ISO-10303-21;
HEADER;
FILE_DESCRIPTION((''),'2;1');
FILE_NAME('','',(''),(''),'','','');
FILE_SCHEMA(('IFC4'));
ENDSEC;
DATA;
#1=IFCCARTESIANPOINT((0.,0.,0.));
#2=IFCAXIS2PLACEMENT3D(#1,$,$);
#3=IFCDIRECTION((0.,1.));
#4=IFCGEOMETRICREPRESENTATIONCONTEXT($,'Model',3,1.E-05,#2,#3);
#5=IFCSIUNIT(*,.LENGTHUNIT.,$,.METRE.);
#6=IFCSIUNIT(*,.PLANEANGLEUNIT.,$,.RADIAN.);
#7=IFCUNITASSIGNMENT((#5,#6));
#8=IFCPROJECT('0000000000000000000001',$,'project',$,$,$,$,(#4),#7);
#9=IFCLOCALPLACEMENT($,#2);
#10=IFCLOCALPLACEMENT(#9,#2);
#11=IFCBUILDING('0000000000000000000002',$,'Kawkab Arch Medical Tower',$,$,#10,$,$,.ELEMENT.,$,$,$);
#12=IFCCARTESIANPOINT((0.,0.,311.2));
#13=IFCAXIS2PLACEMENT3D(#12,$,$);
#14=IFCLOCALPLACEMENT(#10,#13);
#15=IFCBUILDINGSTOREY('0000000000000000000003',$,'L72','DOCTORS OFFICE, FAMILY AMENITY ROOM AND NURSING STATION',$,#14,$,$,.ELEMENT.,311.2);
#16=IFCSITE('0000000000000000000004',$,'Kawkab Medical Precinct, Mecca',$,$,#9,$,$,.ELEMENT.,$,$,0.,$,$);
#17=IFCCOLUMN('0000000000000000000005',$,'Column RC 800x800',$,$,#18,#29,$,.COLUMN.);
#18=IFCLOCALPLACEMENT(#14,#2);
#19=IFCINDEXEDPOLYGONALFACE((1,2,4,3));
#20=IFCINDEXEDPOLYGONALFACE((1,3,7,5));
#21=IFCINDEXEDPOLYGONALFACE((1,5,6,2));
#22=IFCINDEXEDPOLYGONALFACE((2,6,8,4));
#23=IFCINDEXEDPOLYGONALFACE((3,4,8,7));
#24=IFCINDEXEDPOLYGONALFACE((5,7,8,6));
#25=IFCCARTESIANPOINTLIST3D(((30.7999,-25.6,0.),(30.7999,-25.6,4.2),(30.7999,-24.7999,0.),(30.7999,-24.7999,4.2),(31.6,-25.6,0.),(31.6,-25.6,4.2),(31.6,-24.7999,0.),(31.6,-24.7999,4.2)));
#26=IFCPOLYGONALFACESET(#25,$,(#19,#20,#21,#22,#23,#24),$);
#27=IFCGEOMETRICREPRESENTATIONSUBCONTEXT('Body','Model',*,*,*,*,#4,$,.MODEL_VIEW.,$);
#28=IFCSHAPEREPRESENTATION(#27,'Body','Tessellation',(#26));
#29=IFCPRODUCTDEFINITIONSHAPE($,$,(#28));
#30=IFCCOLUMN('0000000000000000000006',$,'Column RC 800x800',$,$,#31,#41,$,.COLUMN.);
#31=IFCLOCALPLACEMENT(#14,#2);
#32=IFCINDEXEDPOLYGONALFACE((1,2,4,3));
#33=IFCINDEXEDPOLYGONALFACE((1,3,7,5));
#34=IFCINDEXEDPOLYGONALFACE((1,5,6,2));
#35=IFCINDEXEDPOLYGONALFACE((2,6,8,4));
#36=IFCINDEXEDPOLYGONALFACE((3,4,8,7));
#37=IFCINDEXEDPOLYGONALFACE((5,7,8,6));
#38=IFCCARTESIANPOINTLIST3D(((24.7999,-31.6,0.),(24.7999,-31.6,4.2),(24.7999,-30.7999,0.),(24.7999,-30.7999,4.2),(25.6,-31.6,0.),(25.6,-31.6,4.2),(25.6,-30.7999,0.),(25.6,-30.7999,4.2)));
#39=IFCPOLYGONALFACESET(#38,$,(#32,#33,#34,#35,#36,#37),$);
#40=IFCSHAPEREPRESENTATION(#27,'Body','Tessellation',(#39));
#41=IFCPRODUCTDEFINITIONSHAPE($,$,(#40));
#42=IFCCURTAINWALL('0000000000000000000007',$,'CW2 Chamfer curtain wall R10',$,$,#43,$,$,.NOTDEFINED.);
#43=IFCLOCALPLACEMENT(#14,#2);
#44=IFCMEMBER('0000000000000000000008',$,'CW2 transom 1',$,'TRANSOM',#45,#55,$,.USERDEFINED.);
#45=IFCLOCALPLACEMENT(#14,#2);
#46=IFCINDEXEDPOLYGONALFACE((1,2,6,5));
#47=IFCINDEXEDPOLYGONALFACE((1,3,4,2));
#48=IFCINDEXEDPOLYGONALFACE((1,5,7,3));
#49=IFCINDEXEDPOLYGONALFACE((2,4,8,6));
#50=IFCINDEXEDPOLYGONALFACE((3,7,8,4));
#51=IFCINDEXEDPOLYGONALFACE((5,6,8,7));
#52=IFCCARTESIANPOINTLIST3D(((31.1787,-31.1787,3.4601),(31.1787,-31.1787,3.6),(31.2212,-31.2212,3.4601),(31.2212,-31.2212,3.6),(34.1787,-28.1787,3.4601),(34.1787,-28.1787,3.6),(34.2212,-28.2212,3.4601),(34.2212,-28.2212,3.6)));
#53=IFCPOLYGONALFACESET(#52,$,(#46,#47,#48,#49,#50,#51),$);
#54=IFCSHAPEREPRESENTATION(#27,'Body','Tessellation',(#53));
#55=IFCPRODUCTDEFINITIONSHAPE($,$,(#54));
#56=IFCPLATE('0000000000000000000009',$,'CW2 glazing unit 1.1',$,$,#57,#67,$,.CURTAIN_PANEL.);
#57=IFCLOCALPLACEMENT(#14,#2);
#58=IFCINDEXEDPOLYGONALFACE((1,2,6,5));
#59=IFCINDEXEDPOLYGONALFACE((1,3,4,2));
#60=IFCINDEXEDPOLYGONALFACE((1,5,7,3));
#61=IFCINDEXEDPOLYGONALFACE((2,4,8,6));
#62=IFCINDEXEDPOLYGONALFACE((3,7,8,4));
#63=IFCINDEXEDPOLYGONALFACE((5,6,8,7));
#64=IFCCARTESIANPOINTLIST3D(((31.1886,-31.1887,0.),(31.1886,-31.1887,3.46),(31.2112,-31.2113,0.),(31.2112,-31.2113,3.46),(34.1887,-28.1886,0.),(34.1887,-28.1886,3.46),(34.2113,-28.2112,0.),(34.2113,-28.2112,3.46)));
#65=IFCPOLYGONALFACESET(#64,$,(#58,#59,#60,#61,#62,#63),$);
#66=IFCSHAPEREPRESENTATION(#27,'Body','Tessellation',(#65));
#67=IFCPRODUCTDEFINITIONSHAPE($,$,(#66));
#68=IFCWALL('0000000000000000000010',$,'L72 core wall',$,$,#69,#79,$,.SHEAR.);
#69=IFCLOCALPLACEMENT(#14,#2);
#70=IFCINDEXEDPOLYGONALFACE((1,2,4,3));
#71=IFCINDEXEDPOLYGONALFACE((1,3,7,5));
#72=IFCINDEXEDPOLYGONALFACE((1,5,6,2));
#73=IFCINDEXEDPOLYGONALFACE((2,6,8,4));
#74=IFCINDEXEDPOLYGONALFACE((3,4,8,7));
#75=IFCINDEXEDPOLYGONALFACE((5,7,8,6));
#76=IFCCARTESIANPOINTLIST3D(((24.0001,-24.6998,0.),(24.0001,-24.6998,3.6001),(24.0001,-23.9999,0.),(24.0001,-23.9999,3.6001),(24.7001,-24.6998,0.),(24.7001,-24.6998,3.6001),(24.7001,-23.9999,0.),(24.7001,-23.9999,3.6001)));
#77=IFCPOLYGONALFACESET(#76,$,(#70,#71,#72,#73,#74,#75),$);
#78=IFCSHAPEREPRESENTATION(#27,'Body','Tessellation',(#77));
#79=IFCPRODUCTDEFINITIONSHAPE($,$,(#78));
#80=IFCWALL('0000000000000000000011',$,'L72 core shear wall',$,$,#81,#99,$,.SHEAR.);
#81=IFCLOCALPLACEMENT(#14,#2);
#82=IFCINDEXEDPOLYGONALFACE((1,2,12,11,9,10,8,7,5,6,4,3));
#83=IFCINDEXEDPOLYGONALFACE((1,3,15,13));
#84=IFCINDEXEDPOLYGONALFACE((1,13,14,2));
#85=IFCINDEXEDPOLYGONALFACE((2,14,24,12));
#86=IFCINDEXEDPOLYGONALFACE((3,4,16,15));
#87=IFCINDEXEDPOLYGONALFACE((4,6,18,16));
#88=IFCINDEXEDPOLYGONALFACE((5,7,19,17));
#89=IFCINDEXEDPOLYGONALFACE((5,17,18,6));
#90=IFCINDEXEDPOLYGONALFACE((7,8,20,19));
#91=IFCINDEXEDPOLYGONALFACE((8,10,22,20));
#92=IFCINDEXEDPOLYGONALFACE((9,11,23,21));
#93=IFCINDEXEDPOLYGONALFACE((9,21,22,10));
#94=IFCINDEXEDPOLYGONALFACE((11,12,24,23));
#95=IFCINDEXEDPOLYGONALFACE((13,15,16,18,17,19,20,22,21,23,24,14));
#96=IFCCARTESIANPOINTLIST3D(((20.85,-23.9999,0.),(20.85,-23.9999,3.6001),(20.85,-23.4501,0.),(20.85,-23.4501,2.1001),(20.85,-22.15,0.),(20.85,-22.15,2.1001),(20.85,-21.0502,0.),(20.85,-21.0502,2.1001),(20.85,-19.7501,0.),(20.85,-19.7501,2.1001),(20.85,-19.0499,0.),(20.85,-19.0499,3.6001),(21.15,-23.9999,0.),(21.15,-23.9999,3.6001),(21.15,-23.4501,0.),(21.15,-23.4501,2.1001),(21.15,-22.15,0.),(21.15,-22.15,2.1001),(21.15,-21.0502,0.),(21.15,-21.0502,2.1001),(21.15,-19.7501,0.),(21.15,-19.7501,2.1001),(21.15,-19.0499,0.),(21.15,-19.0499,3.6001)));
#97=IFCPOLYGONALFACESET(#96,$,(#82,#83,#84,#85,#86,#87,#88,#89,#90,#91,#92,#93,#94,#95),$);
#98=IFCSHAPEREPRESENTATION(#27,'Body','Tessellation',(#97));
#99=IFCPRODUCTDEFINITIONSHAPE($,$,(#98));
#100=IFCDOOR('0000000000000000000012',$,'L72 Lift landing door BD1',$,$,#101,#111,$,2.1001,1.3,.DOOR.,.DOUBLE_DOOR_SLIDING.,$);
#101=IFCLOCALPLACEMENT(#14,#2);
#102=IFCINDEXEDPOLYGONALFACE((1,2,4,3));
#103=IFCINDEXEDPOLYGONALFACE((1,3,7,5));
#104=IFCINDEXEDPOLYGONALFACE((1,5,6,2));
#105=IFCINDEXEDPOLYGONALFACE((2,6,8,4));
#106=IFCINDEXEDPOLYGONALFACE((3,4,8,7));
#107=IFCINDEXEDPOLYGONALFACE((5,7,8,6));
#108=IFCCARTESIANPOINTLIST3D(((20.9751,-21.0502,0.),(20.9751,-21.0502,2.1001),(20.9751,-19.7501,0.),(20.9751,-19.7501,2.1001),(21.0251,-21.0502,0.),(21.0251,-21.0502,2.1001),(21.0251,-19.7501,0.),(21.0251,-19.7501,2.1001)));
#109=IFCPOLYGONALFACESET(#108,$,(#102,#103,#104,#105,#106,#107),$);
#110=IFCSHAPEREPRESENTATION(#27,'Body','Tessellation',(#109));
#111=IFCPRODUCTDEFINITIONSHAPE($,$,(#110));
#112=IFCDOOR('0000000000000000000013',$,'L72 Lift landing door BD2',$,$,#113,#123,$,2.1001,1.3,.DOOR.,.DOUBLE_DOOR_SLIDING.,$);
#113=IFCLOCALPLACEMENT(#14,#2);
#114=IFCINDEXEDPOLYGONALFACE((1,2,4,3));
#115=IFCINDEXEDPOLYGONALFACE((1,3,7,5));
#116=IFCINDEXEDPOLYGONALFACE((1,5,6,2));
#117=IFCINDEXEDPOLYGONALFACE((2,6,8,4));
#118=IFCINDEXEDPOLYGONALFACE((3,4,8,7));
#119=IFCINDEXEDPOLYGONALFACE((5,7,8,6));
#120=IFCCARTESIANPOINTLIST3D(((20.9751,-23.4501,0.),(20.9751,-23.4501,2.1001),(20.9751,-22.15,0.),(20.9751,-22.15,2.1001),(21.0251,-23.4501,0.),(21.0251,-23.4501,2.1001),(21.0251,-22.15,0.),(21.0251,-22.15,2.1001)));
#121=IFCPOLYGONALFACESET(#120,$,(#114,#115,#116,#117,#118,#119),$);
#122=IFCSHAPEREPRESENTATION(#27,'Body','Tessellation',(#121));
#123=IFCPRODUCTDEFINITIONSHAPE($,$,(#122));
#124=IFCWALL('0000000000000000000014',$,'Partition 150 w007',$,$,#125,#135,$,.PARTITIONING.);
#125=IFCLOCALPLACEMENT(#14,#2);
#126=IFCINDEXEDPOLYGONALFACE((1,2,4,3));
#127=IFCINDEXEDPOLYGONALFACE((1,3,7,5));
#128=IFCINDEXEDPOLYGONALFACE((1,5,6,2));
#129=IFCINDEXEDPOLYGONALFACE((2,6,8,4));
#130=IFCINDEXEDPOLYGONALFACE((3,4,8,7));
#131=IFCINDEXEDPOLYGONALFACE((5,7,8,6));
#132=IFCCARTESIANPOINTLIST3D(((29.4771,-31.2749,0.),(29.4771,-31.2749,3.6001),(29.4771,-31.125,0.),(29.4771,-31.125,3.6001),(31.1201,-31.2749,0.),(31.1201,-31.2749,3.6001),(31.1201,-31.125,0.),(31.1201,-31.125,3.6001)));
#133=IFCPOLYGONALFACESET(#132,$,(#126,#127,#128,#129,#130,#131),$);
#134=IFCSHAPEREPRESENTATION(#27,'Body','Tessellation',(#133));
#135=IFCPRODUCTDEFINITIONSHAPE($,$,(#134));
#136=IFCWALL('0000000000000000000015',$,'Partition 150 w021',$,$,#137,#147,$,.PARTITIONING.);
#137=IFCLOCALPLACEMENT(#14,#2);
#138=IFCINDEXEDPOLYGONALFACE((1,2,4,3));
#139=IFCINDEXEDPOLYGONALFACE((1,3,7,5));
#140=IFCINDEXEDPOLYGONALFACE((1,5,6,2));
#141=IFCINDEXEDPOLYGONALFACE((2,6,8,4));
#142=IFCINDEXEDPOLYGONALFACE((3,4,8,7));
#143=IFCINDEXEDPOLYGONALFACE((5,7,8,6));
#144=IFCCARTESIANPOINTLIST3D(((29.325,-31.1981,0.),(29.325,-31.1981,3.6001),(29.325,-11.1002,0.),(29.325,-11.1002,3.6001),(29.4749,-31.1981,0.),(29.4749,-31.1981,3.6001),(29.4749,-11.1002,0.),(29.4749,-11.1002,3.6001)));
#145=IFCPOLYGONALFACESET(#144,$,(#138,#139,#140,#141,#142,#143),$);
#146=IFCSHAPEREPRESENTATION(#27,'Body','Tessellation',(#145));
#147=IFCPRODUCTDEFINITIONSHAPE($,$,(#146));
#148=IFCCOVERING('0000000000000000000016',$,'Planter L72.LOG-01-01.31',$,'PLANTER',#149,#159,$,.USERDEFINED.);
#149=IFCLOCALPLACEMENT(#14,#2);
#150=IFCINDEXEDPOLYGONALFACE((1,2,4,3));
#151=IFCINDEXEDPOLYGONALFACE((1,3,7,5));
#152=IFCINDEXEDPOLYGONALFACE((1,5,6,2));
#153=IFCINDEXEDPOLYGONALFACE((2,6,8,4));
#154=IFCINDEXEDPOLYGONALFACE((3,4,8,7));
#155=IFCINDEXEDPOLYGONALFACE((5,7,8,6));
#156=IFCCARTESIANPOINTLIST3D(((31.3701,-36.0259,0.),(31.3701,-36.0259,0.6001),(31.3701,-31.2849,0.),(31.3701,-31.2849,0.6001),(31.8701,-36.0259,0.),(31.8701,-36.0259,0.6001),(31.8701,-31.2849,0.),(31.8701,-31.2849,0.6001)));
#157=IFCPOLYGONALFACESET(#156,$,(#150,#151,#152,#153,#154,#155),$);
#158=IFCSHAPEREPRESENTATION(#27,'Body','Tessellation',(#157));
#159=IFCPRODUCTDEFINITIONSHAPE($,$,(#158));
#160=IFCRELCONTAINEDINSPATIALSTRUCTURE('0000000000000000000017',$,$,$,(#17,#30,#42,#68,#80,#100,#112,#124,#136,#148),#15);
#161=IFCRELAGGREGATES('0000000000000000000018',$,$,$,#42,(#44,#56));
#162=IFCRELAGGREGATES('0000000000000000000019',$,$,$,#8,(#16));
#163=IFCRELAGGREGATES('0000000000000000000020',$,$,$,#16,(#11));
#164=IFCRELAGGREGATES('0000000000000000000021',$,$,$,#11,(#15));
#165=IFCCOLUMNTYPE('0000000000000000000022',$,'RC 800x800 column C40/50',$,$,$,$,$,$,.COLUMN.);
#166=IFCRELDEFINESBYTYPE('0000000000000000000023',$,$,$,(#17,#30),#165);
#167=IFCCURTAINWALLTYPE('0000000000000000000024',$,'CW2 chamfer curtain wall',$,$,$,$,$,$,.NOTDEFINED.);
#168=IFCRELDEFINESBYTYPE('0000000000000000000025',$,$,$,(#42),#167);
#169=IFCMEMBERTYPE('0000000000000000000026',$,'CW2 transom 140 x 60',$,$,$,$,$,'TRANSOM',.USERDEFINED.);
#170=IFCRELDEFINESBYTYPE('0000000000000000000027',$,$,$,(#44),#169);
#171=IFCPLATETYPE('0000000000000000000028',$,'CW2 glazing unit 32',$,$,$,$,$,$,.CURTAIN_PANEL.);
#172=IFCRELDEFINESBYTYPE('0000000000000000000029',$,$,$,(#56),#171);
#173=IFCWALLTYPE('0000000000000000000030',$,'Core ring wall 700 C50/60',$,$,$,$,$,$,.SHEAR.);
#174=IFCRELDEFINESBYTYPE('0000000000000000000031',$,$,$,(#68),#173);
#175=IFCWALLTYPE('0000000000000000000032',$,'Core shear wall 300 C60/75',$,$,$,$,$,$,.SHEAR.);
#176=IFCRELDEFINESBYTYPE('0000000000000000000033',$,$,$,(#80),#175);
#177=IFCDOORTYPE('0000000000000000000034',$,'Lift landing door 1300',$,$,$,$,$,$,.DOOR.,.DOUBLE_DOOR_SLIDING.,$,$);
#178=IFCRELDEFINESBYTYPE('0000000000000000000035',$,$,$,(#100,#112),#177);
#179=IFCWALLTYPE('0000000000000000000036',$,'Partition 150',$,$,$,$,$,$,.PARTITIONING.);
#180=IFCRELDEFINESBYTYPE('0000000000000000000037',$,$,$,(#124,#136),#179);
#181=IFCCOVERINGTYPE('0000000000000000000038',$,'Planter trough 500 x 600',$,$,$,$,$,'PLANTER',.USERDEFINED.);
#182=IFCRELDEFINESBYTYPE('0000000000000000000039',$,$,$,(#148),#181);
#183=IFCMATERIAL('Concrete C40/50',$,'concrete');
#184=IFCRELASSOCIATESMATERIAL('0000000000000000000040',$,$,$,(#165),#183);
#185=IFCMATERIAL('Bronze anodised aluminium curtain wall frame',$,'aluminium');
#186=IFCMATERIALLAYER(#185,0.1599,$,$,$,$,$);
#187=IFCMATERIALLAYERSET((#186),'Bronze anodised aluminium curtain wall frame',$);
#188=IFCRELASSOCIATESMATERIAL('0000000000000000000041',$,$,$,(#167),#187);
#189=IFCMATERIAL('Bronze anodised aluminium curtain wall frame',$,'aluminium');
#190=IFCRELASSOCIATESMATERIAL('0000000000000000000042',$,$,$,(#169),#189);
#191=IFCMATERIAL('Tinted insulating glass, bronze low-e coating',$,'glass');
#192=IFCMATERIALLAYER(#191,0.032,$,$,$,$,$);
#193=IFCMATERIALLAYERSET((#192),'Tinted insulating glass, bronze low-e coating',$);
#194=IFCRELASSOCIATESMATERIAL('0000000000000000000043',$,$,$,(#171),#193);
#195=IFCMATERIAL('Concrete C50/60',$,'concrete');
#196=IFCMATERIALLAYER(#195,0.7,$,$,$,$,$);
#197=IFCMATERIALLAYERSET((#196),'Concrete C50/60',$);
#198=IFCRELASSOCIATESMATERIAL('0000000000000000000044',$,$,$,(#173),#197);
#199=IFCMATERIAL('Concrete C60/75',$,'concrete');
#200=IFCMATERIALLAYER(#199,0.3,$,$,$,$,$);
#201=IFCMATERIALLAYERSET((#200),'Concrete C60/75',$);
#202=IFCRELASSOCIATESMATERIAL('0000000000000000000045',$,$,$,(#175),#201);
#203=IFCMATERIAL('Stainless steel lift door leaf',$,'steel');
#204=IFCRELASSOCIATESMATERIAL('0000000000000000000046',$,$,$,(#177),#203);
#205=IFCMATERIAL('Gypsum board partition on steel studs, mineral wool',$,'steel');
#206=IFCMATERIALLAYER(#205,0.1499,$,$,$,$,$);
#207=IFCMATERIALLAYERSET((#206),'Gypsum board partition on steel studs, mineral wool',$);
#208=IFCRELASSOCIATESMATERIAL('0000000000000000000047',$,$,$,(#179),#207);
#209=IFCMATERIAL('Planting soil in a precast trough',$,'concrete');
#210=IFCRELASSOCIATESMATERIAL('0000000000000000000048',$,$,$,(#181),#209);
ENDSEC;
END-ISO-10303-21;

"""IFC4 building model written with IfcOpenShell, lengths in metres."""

from ifc_helpers import new_model, si_unit, direction, frame, frame_2d, origin, origin_2d, place, context, subcontext, project, spatial, rectangle, extrude, material, layer, layer_set, material_profile, profile_set, type_object, element, fill, aggregate, save


model = new_model("IFC4")

# Units and contexts
model_context = context("Model", 3, precision=1e-05, world=origin(), true_north=direction((0.0, 1.0)))
body_context = subcontext(model_context, "Body", "Model", "MODEL_VIEW")
ifc_project = project(units=[si_unit("LENGTHUNIT", "METRE"), si_unit("PLANEANGLEUNIT", "RADIAN")], contexts=[model_context])

# Site, building, storey
site_placement = place(None, origin())
site = spatial("IfcSite", under=ifc_project, at=site_placement, Name="Kawkab Medical Precinct, Mecca", CompositionType="ELEMENT", RefElevation=0.0)
building_placement = place(site_placement, origin())
building = spatial("IfcBuilding", under=site, at=building_placement, Name="Kawkab Arch Medical Tower", CompositionType="ELEMENT")
storey_placement = place(building_placement, frame((0.0, 0.0, 311.2)))
storey = spatial("IfcBuildingStorey", under=building, at=storey_placement, Name="L72", Description="DOCTORS OFFICE, FAMILY AMENITY ROOM AND NURSING STATION", CompositionType="ELEMENT", Elevation=311.2)

# Columns
ifc_material_1 = material(Name="Concrete C40/50", Category="concrete")
ifc_material_profile_1 = material_profile(ifc_material_1, rectangle(XDim=0.8, YDim=0.8, at=origin_2d()), Name="RC 800x800")
ifc_profile_set_1 = profile_set([ifc_material_profile_1], Name="Concrete C40/50")
column_type = type_object("IfcColumnType", Name="RC 800x800 column C40/50", PredefinedType="COLUMN", material=ifc_profile_set_1)
for number, where, z_axis, x_axis, name in (
    (1, (31.2, -25.2, 0.0), (0.0, 0.0, 1.0), (1.0, 0.0, 0.0), "Column RC 800x800"),
    (2, (25.2, -31.2, 0.0), (0.0, 0.0, 1.0), (1.0, 0.0, 0.0), "Column RC 800x800"),
):
    element("IfcColumn", number, at=place(storey_placement, frame(where, z_axis=z_axis, x_axis=x_axis)), inside=storey, type_object=column_type, Name=name, PredefinedType="COLUMN", context=body_context, shape_type="SweptSolid", body=[
        extrude(rectangle(XDim=0.8, YDim=0.8, at=origin_2d()), origin(), (0.0, 0.0, 1.0), 4.2),
    ])

# Curtain wall, member, plate
ifc_material_2 = material(Name="Bronze anodised aluminium curtain wall frame", Category="aluminium")
ifc_layer_1 = layer(ifc_material_2, 0.1599)
ifc_layer_set_1 = layer_set([ifc_layer_1], Name="Bronze anodised aluminium curtain wall frame")
curtain_wall_type = type_object("IfcCurtainWallType", Name="CW2 chamfer curtain wall", PredefinedType="NOTDEFINED", material=ifc_layer_set_1)
curtain_wall_placement = place(storey_placement, origin())
curtain_wall = element("IfcCurtainWall", 3, at=curtain_wall_placement, inside=storey, type_object=curtain_wall_type, Name="CW2 Chamfer curtain wall R10", PredefinedType="NOTDEFINED")
ifc_material_3 = material(Name="Bronze anodised aluminium curtain wall frame", Category="aluminium")
ifc_material_profile_2 = material_profile(ifc_material_3, rectangle(XDim=0.0601, YDim=0.1399, at=origin_2d()), Name="AL 60x140")
ifc_profile_set_2 = profile_set([ifc_material_profile_2], Name="Bronze anodised aluminium curtain wall frame")
member_type = type_object("IfcMemberType", Name="CW2 transom 140 x 60", ElementType="TRANSOM", PredefinedType="USERDEFINED", material=ifc_profile_set_2)
member_placement = place(storey_placement, frame((31.2, -31.2, 3.53), z_axis=(0.707107, 0.707107, 0.0), x_axis=(-0.707107, 0.707107, 0.0)))
member = element("IfcMember", 4, at=member_placement, type_object=member_type, Name="CW2 transom 1", ObjectType="TRANSOM", PredefinedType="USERDEFINED", context=body_context, shape_type="SweptSolid", body=[
    extrude(rectangle(XDim=0.0601, YDim=0.1399, at=origin_2d()), origin(), (0.0, 0.0, 1.0), 4.2427),
])
ifc_material_4 = material(Name="Tinted insulating glass, bronze low-e coating", Category="glass")
ifc_layer_2 = layer(ifc_material_4, 0.032)
ifc_layer_set_2 = layer_set([ifc_layer_2], Name="Tinted insulating glass, bronze low-e coating")
plate_type = type_object("IfcPlateType", Name="CW2 glazing unit 32", PredefinedType="CURTAIN_PANEL", material=ifc_layer_set_2)
plate_placement = place(storey_placement, frame((32.7, -29.7, 0.0), z_axis=(0.0, 0.0, 1.0), x_axis=(0.707107, 0.707107, 0.0)))
plate = element("IfcPlate", 5, at=plate_placement, type_object=plate_type, Name="CW2 glazing unit 1.1", PredefinedType="CURTAIN_PANEL", context=body_context, shape_type="SweptSolid", body=[
    extrude(rectangle(XDim=4.2427, YDim=0.032, at=origin_2d()), origin(), (0.0, 0.0, 1.0), 3.46),
])
aggregate(curtain_wall, [member, plate])

# Wall
ifc_material_5 = material(Name="Concrete C50/60", Category="concrete")
ifc_layer_3 = layer(ifc_material_5, 0.7)
ifc_layer_set_3 = layer_set([ifc_layer_3], Name="Concrete C50/60")
wall_type_1 = type_object("IfcWallType", Name="Core ring wall 700 C50/60", PredefinedType="SHEAR", material=ifc_layer_set_3)
wall_1_placement = place(storey_placement, frame((24.3501, -24.7, 0.0), z_axis=(0.0, 0.0, 1.0), x_axis=(0.0, 1.0, 0.0)))
element("IfcWall", 6, at=wall_1_placement, inside=storey, type_object=wall_type_1, Name="L72 core wall", PredefinedType="SHEAR", context=body_context, shape_type="SweptSolid", body=[
    extrude(rectangle(XDim=0.7, YDim=0.7, at=frame_2d((0.3501, 0.0))), origin(), (0.0, 0.0, 1.0), 3.6001),
])

# Wall, openings, doors
ifc_material_6 = material(Name="Concrete C60/75", Category="concrete")
ifc_layer_4 = layer(ifc_material_6, 0.3)
ifc_layer_set_4 = layer_set([ifc_layer_4], Name="Concrete C60/75")
wall_type_2 = type_object("IfcWallType", Name="Core shear wall 300 C60/75", PredefinedType="SHEAR", material=ifc_layer_set_4)
wall_2_placement = place(storey_placement, frame((21.0, -24.0, 0.0), z_axis=(0.0, 0.0, 1.0), x_axis=(0.0, 1.0, 0.0)))
wall_2 = element("IfcWall", 7, at=wall_2_placement, inside=storey, type_object=wall_type_2, Name="L72 core shear wall", PredefinedType="SHEAR", context=body_context, shape_type="SweptSolid", body=[
    extrude(rectangle(XDim=4.95, YDim=0.3, at=frame_2d((2.4751, 0.0))), origin(), (0.0, 0.0, 1.0), 3.6001),
])
opening_1_placement = place(wall_2_placement, frame((2.95, 0.0, 0.0)))
opening_1 = element("IfcOpeningElement", 8, at=opening_1_placement, cuts=wall_2, PredefinedType="OPENING", context=body_context, shape_type="SweptSolid", body=[
    extrude(rectangle(XDim=1.3, YDim=2.1001, at=frame_2d((0.6499, 1.05))), frame((0.0, 0.1599, 0.0), z_axis=(0.0, -1.0, 0.0), x_axis=(1.0, 0.0, 0.0)), (0.0, 0.0, 1.0), 0.3201),
])
opening_2_placement = place(wall_2_placement, frame((0.55, 0.0, 0.0)))
opening_2 = element("IfcOpeningElement", 9, at=opening_2_placement, cuts=wall_2, PredefinedType="OPENING", context=body_context, shape_type="SweptSolid", body=[
    extrude(rectangle(XDim=1.3, YDim=2.1001, at=frame_2d((0.6499, 1.05))), frame((0.0, 0.1599, 0.0), z_axis=(0.0, -1.0, 0.0), x_axis=(1.0, 0.0, 0.0)), (0.0, 0.0, 1.0), 0.3201),
])
ifc_material_7 = material(Name="Stainless steel lift door leaf", Category="steel")
door_type = type_object("IfcDoorType", Name="Lift landing door 1300", OperationType="DOUBLE_DOOR_SLIDING", PredefinedType="DOOR", material=ifc_material_7)
door_1_placement = place(opening_1_placement, origin())
door_1 = element("IfcDoor", 10, at=door_1_placement, inside=storey, type_object=door_type, Name="L72 Lift landing door BD1", OperationType="DOUBLE_DOOR_SLIDING", OverallHeight=2.1001, OverallWidth=1.3, PredefinedType="DOOR", context=body_context, shape_type="SweptSolid", body=[
    extrude(rectangle(XDim=1.3, YDim=2.1001, at=frame_2d((0.6499, 1.05))), frame((0.0, 0.0249, 0.0), z_axis=(0.0, -1.0, 0.0), x_axis=(1.0, 0.0, 0.0)), (0.0, 0.0, 1.0), 0.05),
])
fill(opening_1, door_1)
door_2_placement = place(opening_2_placement, origin())
door_2 = element("IfcDoor", 11, at=door_2_placement, inside=storey, type_object=door_type, Name="L72 Lift landing door BD2", OperationType="DOUBLE_DOOR_SLIDING", OverallHeight=2.1001, OverallWidth=1.3, PredefinedType="DOOR", context=body_context, shape_type="SweptSolid", body=[
    extrude(rectangle(XDim=1.3, YDim=2.1001, at=frame_2d((0.6499, 1.05))), frame((0.0, 0.0249, 0.0), z_axis=(0.0, -1.0, 0.0), x_axis=(1.0, 0.0, 0.0)), (0.0, 0.0, 1.0), 0.05),
])
fill(opening_2, door_2)

# Walls
ifc_material_8 = material(Name="Gypsum board partition on steel studs, mineral wool", Category="steel")
ifc_layer_5 = layer(ifc_material_8, 0.1499)
ifc_layer_set_5 = layer_set([ifc_layer_5], Name="Gypsum board partition on steel studs, mineral wool")
wall_type_3 = type_object("IfcWallType", Name="Partition 150", PredefinedType="PARTITIONING", material=ifc_layer_set_5)
wall_3_placement = place(storey_placement, frame((29.4771, -31.2, 0.0), z_axis=(0.0, 0.0, 1.0), x_axis=(1.0, 0.0, 0.0)))
element("IfcWall", 12, at=wall_3_placement, inside=storey, type_object=wall_type_3, Name="Partition 150 w007", PredefinedType="PARTITIONING", context=body_context, shape_type="SweptSolid", body=[
    extrude(rectangle(XDim=1.6431, YDim=0.1499, at=frame_2d((0.8215, 0.0))), origin(), (0.0, 0.0, 1.0), 3.6001),
])
wall_4_placement = place(storey_placement, frame((29.3999, -31.198, 0.0), z_axis=(0.0, 0.0, 1.0), x_axis=(0.0, 1.0, 0.0)))
element("IfcWall", 13, at=wall_4_placement, inside=storey, type_object=wall_type_3, Name="Partition 150 w021", PredefinedType="PARTITIONING", context=body_context, shape_type="SweptSolid", body=[
    extrude(rectangle(XDim=20.0979, YDim=0.1499, at=frame_2d((10.0488, 0.0))), origin(), (0.0, 0.0, 1.0), 3.6001),
])

# Covering
ifc_material_9 = material(Name="Planting soil in a precast trough", Category="concrete")
ifc_material_profile_3 = material_profile(ifc_material_9, rectangle(XDim=0.5, YDim=0.6001, at=origin_2d()), Name="Trough 500x600")
ifc_profile_set_3 = profile_set([ifc_material_profile_3], Name="Planting soil in a precast trough")
covering_type = type_object("IfcCoveringType", Name="Planter trough 500 x 600", ElementType="PLANTER", PredefinedType="USERDEFINED", material=ifc_profile_set_3)
covering_placement = place(storey_placement, frame((31.6201, -31.2849, 0.3), z_axis=(0.0, -1.0, 0.0), x_axis=(1.0, 0.0, 0.0)))
element("IfcCovering", 14, at=covering_placement, inside=storey, type_object=covering_type, Name="Planter L72.LOG-01-01.31", ObjectType="PLANTER", PredefinedType="USERDEFINED", context=body_context, shape_type="SweptSolid", body=[
    extrude(rectangle(XDim=0.5, YDim=0.6001, at=origin_2d()), origin(), (0.0, 0.0, 1.0), 4.741),
])

save(model, "model.ifc")
